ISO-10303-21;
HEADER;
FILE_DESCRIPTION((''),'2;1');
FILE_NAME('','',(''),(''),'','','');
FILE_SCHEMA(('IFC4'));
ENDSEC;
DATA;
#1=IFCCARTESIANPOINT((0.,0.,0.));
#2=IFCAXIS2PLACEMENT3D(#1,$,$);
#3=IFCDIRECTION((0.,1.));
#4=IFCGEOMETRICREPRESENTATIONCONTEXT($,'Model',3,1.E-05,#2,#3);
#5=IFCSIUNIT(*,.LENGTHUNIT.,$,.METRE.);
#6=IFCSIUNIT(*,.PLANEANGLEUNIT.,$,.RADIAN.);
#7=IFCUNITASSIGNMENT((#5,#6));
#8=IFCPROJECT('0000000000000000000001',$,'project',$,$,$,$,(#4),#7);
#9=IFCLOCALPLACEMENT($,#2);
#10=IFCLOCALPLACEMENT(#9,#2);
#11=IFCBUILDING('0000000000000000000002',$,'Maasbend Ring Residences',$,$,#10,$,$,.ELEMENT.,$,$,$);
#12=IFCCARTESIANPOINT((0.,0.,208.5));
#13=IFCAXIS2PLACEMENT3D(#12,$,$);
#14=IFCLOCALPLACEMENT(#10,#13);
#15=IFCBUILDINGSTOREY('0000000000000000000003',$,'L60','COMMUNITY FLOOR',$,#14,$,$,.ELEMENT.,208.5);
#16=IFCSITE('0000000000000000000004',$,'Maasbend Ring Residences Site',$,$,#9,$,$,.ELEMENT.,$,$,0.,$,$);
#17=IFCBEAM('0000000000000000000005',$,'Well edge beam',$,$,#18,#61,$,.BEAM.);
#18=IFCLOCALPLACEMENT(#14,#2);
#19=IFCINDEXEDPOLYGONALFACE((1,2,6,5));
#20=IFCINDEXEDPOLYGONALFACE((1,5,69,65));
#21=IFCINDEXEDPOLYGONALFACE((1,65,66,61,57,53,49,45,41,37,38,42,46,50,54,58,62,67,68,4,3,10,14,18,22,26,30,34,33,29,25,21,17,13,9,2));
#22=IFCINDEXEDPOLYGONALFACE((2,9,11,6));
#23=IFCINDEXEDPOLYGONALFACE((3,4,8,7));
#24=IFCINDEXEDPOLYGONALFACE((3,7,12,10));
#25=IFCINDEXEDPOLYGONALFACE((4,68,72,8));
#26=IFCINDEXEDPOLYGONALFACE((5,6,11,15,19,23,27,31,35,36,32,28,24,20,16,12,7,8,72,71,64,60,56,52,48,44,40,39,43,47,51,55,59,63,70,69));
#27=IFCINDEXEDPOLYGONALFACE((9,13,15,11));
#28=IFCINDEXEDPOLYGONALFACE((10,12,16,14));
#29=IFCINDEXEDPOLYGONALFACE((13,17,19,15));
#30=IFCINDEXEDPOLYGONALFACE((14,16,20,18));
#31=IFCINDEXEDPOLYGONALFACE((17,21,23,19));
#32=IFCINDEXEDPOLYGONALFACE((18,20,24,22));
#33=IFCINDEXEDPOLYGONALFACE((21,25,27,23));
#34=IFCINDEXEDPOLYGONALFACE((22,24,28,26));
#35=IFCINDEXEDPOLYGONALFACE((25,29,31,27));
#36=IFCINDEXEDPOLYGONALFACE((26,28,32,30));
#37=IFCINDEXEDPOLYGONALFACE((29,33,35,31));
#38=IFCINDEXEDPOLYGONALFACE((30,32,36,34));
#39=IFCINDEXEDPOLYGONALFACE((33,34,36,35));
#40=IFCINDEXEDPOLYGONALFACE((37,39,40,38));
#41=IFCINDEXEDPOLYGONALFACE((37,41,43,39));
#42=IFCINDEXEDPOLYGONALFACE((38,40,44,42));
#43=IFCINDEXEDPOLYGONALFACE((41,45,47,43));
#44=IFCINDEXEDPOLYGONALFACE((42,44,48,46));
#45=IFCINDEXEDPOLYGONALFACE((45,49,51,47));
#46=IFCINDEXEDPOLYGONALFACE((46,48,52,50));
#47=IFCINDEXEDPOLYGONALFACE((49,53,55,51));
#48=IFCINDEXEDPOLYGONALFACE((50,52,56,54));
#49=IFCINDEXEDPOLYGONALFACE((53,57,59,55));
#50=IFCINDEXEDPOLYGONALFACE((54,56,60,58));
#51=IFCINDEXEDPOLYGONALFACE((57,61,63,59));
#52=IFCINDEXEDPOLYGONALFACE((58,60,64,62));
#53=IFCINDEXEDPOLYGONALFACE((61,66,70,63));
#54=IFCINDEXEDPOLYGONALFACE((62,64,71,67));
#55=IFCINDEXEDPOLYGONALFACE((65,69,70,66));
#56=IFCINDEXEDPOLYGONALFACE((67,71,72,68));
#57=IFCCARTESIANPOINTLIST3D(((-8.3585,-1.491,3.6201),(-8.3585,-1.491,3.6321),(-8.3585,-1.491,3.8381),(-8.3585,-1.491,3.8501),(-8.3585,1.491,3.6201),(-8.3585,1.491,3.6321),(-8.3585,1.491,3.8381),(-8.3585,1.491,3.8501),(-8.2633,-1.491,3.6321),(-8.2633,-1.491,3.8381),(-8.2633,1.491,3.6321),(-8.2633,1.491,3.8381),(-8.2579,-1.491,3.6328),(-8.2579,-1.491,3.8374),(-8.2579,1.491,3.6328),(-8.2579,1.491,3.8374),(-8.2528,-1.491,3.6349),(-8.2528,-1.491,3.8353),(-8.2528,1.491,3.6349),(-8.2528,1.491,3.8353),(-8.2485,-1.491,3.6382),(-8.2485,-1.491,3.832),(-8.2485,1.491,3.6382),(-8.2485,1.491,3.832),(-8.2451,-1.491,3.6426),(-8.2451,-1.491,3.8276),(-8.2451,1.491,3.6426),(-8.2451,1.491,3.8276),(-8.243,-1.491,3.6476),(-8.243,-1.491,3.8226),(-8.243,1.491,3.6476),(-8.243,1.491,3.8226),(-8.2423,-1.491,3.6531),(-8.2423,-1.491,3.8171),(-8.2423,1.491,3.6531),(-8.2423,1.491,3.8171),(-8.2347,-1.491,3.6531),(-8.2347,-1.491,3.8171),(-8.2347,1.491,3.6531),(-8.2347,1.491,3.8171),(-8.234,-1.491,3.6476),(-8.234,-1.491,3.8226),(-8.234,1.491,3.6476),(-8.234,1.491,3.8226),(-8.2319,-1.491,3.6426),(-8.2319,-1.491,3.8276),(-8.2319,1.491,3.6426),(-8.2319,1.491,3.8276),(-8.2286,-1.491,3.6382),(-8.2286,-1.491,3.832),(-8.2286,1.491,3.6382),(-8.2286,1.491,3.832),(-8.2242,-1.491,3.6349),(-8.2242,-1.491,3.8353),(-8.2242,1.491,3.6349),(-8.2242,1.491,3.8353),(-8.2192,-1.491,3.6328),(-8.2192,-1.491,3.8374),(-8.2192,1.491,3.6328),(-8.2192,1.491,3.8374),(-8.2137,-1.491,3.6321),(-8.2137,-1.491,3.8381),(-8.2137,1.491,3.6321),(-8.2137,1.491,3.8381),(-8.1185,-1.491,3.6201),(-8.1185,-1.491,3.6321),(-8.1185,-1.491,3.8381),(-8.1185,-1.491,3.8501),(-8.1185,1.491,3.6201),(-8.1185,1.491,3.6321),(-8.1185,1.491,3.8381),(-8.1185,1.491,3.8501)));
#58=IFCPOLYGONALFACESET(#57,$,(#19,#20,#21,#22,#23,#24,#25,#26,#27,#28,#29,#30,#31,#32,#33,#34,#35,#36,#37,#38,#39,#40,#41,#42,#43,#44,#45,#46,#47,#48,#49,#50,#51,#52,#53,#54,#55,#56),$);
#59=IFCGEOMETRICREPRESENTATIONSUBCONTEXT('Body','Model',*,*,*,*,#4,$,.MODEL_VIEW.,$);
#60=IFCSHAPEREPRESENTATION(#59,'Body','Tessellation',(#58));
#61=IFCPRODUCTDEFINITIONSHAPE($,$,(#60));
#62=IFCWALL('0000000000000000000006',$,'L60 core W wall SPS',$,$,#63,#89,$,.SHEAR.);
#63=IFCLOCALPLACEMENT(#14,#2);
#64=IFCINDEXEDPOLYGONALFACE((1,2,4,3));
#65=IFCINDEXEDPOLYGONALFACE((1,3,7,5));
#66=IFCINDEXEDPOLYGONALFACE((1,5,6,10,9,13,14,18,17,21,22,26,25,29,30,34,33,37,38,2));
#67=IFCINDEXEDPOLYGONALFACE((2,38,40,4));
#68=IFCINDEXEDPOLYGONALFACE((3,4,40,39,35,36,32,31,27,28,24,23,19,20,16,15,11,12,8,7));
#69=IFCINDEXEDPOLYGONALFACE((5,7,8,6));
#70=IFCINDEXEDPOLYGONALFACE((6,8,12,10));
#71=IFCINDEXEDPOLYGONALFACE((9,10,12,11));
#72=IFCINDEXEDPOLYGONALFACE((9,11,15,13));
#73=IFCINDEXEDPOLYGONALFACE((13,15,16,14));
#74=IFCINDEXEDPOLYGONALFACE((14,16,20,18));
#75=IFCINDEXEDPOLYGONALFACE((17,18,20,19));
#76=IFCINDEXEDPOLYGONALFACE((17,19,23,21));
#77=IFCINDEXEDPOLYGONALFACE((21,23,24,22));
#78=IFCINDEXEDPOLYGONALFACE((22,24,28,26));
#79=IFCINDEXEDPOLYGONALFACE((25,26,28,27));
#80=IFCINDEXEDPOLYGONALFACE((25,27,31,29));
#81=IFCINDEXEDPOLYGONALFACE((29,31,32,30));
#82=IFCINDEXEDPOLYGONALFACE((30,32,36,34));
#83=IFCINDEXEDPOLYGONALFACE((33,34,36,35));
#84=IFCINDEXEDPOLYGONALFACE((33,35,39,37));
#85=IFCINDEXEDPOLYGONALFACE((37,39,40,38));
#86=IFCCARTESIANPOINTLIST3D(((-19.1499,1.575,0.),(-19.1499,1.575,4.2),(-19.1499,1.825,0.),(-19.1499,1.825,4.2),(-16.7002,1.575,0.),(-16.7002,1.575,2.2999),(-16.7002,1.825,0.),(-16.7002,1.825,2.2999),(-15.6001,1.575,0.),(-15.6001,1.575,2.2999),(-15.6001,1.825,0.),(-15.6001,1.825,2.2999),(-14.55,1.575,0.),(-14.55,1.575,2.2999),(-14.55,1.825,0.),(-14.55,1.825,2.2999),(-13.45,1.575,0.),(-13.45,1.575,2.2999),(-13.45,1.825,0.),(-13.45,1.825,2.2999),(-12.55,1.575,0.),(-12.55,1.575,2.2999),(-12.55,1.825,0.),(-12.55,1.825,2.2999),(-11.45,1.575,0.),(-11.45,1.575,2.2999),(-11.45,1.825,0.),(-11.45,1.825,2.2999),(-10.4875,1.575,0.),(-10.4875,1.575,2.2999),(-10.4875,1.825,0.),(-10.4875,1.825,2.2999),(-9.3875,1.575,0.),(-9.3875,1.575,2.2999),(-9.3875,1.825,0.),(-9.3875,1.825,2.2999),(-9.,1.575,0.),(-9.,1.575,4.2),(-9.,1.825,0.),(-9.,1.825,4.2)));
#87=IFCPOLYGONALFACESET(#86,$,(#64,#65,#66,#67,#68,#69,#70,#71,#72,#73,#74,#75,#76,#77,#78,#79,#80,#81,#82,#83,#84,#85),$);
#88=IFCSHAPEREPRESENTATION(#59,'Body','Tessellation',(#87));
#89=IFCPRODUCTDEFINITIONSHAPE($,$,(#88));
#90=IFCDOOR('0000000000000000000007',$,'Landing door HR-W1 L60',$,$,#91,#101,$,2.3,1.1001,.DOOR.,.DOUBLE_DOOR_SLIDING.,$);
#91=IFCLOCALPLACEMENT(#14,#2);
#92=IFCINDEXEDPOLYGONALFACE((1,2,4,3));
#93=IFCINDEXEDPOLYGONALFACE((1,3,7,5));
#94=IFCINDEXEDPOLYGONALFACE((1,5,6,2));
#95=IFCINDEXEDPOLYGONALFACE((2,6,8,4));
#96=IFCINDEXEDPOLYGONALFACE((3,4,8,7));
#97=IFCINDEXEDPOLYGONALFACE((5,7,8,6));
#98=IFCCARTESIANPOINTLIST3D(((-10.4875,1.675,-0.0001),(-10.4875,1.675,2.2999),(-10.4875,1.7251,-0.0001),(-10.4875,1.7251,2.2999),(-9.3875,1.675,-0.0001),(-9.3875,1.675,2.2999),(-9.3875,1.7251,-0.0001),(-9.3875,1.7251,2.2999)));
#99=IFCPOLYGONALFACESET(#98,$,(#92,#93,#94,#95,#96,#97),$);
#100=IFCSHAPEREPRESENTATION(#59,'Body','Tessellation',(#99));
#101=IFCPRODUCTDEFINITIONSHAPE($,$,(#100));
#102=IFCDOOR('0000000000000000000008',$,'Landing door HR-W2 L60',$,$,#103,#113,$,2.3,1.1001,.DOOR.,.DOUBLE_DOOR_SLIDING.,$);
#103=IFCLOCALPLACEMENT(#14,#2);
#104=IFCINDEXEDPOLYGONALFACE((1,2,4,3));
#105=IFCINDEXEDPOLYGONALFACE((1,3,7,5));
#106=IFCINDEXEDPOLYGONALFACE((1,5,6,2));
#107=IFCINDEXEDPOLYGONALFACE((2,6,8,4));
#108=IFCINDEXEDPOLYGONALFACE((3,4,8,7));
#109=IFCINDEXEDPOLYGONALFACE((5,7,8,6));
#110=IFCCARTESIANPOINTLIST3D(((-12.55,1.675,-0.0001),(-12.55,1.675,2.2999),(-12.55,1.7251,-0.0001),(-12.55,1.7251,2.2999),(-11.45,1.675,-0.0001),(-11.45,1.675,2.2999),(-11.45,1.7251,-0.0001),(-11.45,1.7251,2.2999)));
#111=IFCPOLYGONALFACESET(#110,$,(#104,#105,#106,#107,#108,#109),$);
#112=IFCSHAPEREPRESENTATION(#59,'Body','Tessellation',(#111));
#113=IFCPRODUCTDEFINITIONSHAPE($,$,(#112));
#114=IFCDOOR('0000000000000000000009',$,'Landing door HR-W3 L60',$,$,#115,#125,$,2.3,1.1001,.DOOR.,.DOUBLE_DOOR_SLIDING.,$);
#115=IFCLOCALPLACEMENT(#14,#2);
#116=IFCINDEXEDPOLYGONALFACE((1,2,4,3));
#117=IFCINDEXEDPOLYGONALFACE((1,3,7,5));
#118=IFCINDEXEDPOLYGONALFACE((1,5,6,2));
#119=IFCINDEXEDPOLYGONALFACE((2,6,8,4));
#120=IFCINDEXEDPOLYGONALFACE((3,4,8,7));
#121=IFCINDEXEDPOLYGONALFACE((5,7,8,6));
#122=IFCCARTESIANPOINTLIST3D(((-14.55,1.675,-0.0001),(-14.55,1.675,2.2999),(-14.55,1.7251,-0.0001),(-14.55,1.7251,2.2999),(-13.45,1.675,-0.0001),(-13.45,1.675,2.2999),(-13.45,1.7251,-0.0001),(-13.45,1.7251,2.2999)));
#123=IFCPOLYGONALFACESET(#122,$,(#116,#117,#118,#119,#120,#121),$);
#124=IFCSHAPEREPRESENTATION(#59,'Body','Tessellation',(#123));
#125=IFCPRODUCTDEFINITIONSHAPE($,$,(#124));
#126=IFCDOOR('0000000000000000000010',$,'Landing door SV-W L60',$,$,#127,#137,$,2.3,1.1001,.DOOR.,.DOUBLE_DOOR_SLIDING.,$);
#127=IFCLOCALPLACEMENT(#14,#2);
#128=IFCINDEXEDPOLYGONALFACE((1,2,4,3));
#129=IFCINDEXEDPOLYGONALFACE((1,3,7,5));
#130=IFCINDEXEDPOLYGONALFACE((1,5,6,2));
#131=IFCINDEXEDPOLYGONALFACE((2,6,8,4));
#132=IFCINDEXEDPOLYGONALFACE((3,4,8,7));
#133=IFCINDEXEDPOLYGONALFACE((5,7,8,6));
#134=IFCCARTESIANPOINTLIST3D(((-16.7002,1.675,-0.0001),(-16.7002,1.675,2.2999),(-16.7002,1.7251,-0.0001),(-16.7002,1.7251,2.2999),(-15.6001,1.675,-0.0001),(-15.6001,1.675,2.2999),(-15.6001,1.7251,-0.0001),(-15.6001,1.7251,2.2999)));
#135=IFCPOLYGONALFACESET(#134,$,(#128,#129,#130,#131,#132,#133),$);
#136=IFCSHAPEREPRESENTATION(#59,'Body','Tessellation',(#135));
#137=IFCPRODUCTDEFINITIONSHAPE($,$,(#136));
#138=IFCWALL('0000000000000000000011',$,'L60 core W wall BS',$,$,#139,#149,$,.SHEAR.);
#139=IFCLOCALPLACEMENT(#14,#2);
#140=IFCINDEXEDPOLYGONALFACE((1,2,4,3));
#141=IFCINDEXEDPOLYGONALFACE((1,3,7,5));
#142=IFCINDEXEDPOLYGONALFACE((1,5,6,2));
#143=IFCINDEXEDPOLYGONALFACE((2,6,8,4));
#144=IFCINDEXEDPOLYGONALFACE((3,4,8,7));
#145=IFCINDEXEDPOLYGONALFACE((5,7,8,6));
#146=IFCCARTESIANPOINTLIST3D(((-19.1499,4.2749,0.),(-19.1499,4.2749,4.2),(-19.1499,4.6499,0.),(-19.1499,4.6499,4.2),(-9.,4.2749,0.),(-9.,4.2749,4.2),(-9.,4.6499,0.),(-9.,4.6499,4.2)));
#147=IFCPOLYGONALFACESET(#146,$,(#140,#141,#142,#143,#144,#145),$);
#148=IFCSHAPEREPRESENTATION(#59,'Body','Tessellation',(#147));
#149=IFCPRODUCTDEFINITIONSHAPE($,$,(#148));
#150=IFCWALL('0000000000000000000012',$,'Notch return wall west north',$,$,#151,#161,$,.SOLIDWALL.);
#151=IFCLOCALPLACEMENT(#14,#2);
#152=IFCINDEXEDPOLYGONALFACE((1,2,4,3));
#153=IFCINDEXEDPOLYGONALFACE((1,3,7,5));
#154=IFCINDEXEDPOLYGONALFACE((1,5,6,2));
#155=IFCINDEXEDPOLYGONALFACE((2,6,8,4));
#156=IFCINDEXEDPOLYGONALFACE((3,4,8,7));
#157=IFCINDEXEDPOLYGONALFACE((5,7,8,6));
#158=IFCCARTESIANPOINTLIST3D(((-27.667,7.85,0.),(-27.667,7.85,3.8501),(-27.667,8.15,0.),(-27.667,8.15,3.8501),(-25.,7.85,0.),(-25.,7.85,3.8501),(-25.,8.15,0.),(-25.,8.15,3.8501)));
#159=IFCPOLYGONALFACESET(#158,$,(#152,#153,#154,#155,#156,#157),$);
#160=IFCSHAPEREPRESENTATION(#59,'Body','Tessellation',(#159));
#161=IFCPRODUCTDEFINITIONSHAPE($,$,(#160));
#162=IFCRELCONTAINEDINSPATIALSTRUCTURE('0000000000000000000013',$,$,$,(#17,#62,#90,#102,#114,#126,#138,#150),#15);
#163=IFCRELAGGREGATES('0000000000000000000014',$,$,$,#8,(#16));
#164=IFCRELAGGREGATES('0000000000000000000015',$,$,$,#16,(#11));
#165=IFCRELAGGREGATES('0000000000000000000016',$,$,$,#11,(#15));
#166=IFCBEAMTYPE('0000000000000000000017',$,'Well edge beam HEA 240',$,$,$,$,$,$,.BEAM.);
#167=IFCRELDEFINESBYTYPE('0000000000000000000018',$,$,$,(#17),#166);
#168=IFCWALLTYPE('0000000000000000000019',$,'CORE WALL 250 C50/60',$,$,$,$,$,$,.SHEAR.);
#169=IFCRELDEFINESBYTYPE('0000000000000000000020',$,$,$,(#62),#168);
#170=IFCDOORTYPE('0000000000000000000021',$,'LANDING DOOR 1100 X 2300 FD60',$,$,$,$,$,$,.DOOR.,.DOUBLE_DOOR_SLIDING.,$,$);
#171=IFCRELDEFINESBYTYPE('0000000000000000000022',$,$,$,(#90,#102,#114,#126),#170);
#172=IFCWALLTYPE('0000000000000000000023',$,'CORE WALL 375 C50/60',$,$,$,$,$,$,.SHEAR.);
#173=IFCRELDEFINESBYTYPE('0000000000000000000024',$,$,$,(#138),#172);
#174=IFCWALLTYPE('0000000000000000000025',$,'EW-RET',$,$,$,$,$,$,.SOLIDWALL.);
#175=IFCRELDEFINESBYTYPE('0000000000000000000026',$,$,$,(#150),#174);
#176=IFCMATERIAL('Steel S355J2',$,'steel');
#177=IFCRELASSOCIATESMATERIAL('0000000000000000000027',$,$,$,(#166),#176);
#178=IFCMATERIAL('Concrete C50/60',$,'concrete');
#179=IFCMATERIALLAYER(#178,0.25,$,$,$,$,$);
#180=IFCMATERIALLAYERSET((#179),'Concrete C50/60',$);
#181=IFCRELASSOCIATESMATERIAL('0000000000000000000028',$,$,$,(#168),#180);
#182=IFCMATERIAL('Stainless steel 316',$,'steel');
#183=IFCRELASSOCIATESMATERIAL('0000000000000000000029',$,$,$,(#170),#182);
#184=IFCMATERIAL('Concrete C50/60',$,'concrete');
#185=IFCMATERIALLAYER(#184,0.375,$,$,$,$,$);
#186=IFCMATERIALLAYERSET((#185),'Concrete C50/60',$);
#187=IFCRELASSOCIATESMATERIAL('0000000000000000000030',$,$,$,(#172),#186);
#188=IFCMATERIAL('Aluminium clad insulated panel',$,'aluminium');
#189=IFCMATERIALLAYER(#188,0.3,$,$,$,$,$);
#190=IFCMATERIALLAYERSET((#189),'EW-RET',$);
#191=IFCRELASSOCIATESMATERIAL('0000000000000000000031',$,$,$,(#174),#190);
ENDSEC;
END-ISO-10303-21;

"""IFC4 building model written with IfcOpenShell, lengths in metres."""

from ifc_helpers import new_model, si_unit, direction, frame, frame_2d, origin, origin_2d, place, context, subcontext, project, spatial, rectangle, i_section, extrude, material, layer, layer_set, material_profile, profile_set, type_object, element, fill, save


model = new_model("IFC4")

# Units and contexts
model_context = context("Model", 3, precision=1e-05, world=origin(), true_north=direction((0.0, 1.0)))
body_context = subcontext(model_context, "Body", "Model", "MODEL_VIEW")
ifc_project = project(units=[si_unit("LENGTHUNIT", "METRE"), si_unit("PLANEANGLEUNIT", "RADIAN")], contexts=[model_context])

# Site, building, storey
site_placement = place(None, origin())
site = spatial("IfcSite", under=ifc_project, at=site_placement, Name="Maasbend Ring Residences Site", CompositionType="ELEMENT", RefElevation=0.0)
building_placement = place(site_placement, origin())
building = spatial("IfcBuilding", under=site, at=building_placement, Name="Maasbend Ring Residences", CompositionType="ELEMENT")
storey_placement = place(building_placement, frame((0.0, 0.0, 208.5)))
storey = spatial("IfcBuildingStorey", under=building, at=storey_placement, Name="L60", Description="COMMUNITY FLOOR", CompositionType="ELEMENT", Elevation=208.5)

# Beam
ifc_material_1 = material(Name="Steel S355J2", Category="steel")
ifc_material_profile_1 = material_profile(ifc_material_1, i_section(OverallWidth=0.24, OverallDepth=0.23, WebThickness=0.0076, FlangeThickness=0.012, FilletRadius=0.021, at=origin_2d()), Name="HEA 240")
ifc_profile_set_1 = profile_set([ifc_material_profile_1], Name="Steel S355J2")
beam_type = type_object("IfcBeamType", Name="Well edge beam HEA 240", PredefinedType="BEAM", material=ifc_profile_set_1)
beam_1_placement = place(storey_placement, frame((-8.2385, 1.491, 3.7351), z_axis=(0.0, -1.0, 0.0), x_axis=(1.0, 0.0, 0.0)))
element("IfcBeam", 1, at=beam_1_placement, inside=storey, type_object=beam_type, Name="Well edge beam", PredefinedType="BEAM", context=body_context, shape_type="SweptSolid", body=[
    extrude(i_section(OverallWidth=0.24, OverallDepth=0.23, WebThickness=0.0076, FlangeThickness=0.012, FilletRadius=0.021, at=origin_2d()), origin(), (0.0, 0.0, 1.0), 2.9819),
])

# Wall, openings, doors
ifc_material_2 = material(Name="Concrete C50/60", Category="concrete")
ifc_layer_1 = layer(ifc_material_2, 0.25)
ifc_layer_set_1 = layer_set([ifc_layer_1], Name="Concrete C50/60")
wall_type_1 = type_object("IfcWallType", Name="CORE WALL 250 C50/60", PredefinedType="SHEAR", material=ifc_layer_set_1)
wall_1_placement = place(storey_placement, frame((-9.0, 1.7, 0.0), z_axis=(0.0, 0.0, 1.0), x_axis=(-1.0, 0.0, 0.0)))
wall_1 = element("IfcWall", 2, at=wall_1_placement, inside=storey, type_object=wall_type_1, Name="L60 core W wall SPS", PredefinedType="SHEAR", context=body_context, shape_type="SweptSolid", body=[
    extrude(rectangle(XDim=10.1499, YDim=0.25, at=frame_2d((5.075, 0.0))), origin(), (0.0, 0.0, 1.0), 4.2),
])
opening_1_placement = place(wall_1_placement, frame((0.3875, 0.0, 0.0)))
opening_1 = element("IfcOpeningElement", 3, at=opening_1_placement, cuts=wall_1, PredefinedType="OPENING", context=body_context, shape_type="SweptSolid", body=[
    extrude(rectangle(XDim=1.1001, YDim=2.3, at=frame_2d((0.55, 1.1499))), frame((0.0, 0.135, 0.0), z_axis=(0.0, -1.0, 0.0), x_axis=(1.0, 0.0, 0.0)), (0.0, 0.0, 1.0), 0.27),
])
opening_2_placement = place(wall_1_placement, frame((2.45, 0.0, 0.0)))
opening_2 = element("IfcOpeningElement", 4, at=opening_2_placement, cuts=wall_1, PredefinedType="OPENING", context=body_context, shape_type="SweptSolid", body=[
    extrude(rectangle(XDim=1.1001, YDim=2.3, at=frame_2d((0.55, 1.1499))), frame((0.0, 0.135, 0.0), z_axis=(0.0, -1.0, 0.0), x_axis=(1.0, 0.0, 0.0)), (0.0, 0.0, 1.0), 0.27),
])
opening_3_placement = place(wall_1_placement, frame((4.45, 0.0, 0.0)))
opening_3 = element("IfcOpeningElement", 5, at=opening_3_placement, cuts=wall_1, PredefinedType="OPENING", context=body_context, shape_type="SweptSolid", body=[
    extrude(rectangle(XDim=1.1001, YDim=2.3, at=frame_2d((0.55, 1.1499))), frame((0.0, 0.135, 0.0), z_axis=(0.0, -1.0, 0.0), x_axis=(1.0, 0.0, 0.0)), (0.0, 0.0, 1.0), 0.27),
])
opening_4_placement = place(wall_1_placement, frame((6.6001, 0.0, 0.0)))
opening_4 = element("IfcOpeningElement", 6, at=opening_4_placement, cuts=wall_1, PredefinedType="OPENING", context=body_context, shape_type="SweptSolid", body=[
    extrude(rectangle(XDim=1.1001, YDim=2.3, at=frame_2d((0.55, 1.1499))), frame((0.0, 0.135, 0.0), z_axis=(0.0, -1.0, 0.0), x_axis=(1.0, 0.0, 0.0)), (0.0, 0.0, 1.0), 0.27),
])
ifc_material_3 = material(Name="Stainless steel 316", Category="steel")
door_type_1 = type_object("IfcDoorType", Name="LANDING DOOR 1100 X 2300 FD60", OperationType="DOUBLE_DOOR_SLIDING", PredefinedType="DOOR", material=ifc_material_3)
door_1_placement = place(opening_1_placement, origin())
door_1 = element("IfcDoor", 7, at=door_1_placement, inside=storey, type_object=door_type_1, Name="Landing door HR-W1 L60", OperationType="DOUBLE_DOOR_SLIDING", OverallHeight=2.3, OverallWidth=1.1001, PredefinedType="DOOR", context=body_context, shape_type="SweptSolid", body=[
    extrude(rectangle(XDim=1.1001, YDim=2.3, at=frame_2d((0.55, 1.1499))), frame((0.0, 0.0249, 0.0), z_axis=(0.0, -1.0, 0.0), x_axis=(1.0, 0.0, 0.0)), (0.0, 0.0, 1.0), 0.05),
])
fill(opening_1, door_1)
door_2_placement = place(opening_2_placement, origin())
door_2 = element("IfcDoor", 8, at=door_2_placement, inside=storey, type_object=door_type_1, Name="Landing door HR-W2 L60", OperationType="DOUBLE_DOOR_SLIDING", OverallHeight=2.3, OverallWidth=1.1001, PredefinedType="DOOR", context=body_context, shape_type="SweptSolid", body=[
    extrude(rectangle(XDim=1.1001, YDim=2.3, at=frame_2d((0.55, 1.1499))), frame((0.0, 0.0249, 0.0), z_axis=(0.0, -1.0, 0.0), x_axis=(1.0, 0.0, 0.0)), (0.0, 0.0, 1.0), 0.05),
])
fill(opening_2, door_2)
door_3_placement = place(opening_3_placement, origin())
door_3 = element("IfcDoor", 9, at=door_3_placement, inside=storey, type_object=door_type_1, Name="Landing door HR-W3 L60", OperationType="DOUBLE_DOOR_SLIDING", OverallHeight=2.3, OverallWidth=1.1001, PredefinedType="DOOR", context=body_context, shape_type="SweptSolid", body=[
    extrude(rectangle(XDim=1.1001, YDim=2.3, at=frame_2d((0.55, 1.1499))), frame((0.0, 0.0249, 0.0), z_axis=(0.0, -1.0, 0.0), x_axis=(1.0, 0.0, 0.0)), (0.0, 0.0, 1.0), 0.05),
])
fill(opening_3, door_3)
door_4_placement = place(opening_4_placement, origin())
door_4 = element("IfcDoor", 10, at=door_4_placement, inside=storey, type_object=door_type_1, Name="Landing door SV-W L60", OperationType="DOUBLE_DOOR_SLIDING", OverallHeight=2.3, OverallWidth=1.1001, PredefinedType="DOOR", context=body_context, shape_type="SweptSolid", body=[
    extrude(rectangle(XDim=1.1001, YDim=2.3, at=frame_2d((0.55, 1.1499))), frame((0.0, 0.0249, 0.0), z_axis=(0.0, -1.0, 0.0), x_axis=(1.0, 0.0, 0.0)), (0.0, 0.0, 1.0), 0.05),
])
fill(opening_4, door_4)

# Walls
ifc_material_4 = material(Name="Concrete C50/60", Category="concrete")
ifc_layer_2 = layer(ifc_material_4, 0.375)
ifc_layer_set_2 = layer_set([ifc_layer_2], Name="Concrete C50/60")
wall_type_2 = type_object("IfcWallType", Name="CORE WALL 375 C50/60", PredefinedType="SHEAR", material=ifc_layer_set_2)
wall_2_placement = place(storey_placement, frame((-9.0, 4.4624, 0.0), z_axis=(0.0, 0.0, 1.0), x_axis=(-1.0, 0.0, 0.0)))
element("IfcWall", 11, at=wall_2_placement, inside=storey, type_object=wall_type_2, Name="L60 core W wall BS", PredefinedType="SHEAR", context=body_context, shape_type="SweptSolid", body=[
    extrude(rectangle(XDim=10.1499, YDim=0.375, at=frame_2d((5.075, 0.0))), origin(), (0.0, 0.0, 1.0), 4.2),
])
ifc_material_5 = material(Name="Aluminium clad insulated panel", Category="aluminium")
ifc_layer_3 = layer(ifc_material_5, 0.3)
ifc_layer_set_3 = layer_set([ifc_layer_3], Name="EW-RET")
wall_type_3 = type_object("IfcWallType", Name="EW-RET", PredefinedType="SOLIDWALL", material=ifc_layer_set_3)
wall_3_placement = place(storey_placement, frame((-25.0, 8.0, 0.0), z_axis=(0.0, 0.0, 1.0), x_axis=(-1.0, 0.0, 0.0)))
element("IfcWall", 12, at=wall_3_placement, inside=storey, type_object=wall_type_3, Name="Notch return wall west north", PredefinedType="SOLIDWALL", context=body_context, shape_type="SweptSolid", body=[
    extrude(rectangle(XDim=2.667, YDim=0.3, at=frame_2d((1.3335, 0.0))), origin(), (0.0, 0.0, 1.0), 3.8501),
])

save(model, "model.ifc")
